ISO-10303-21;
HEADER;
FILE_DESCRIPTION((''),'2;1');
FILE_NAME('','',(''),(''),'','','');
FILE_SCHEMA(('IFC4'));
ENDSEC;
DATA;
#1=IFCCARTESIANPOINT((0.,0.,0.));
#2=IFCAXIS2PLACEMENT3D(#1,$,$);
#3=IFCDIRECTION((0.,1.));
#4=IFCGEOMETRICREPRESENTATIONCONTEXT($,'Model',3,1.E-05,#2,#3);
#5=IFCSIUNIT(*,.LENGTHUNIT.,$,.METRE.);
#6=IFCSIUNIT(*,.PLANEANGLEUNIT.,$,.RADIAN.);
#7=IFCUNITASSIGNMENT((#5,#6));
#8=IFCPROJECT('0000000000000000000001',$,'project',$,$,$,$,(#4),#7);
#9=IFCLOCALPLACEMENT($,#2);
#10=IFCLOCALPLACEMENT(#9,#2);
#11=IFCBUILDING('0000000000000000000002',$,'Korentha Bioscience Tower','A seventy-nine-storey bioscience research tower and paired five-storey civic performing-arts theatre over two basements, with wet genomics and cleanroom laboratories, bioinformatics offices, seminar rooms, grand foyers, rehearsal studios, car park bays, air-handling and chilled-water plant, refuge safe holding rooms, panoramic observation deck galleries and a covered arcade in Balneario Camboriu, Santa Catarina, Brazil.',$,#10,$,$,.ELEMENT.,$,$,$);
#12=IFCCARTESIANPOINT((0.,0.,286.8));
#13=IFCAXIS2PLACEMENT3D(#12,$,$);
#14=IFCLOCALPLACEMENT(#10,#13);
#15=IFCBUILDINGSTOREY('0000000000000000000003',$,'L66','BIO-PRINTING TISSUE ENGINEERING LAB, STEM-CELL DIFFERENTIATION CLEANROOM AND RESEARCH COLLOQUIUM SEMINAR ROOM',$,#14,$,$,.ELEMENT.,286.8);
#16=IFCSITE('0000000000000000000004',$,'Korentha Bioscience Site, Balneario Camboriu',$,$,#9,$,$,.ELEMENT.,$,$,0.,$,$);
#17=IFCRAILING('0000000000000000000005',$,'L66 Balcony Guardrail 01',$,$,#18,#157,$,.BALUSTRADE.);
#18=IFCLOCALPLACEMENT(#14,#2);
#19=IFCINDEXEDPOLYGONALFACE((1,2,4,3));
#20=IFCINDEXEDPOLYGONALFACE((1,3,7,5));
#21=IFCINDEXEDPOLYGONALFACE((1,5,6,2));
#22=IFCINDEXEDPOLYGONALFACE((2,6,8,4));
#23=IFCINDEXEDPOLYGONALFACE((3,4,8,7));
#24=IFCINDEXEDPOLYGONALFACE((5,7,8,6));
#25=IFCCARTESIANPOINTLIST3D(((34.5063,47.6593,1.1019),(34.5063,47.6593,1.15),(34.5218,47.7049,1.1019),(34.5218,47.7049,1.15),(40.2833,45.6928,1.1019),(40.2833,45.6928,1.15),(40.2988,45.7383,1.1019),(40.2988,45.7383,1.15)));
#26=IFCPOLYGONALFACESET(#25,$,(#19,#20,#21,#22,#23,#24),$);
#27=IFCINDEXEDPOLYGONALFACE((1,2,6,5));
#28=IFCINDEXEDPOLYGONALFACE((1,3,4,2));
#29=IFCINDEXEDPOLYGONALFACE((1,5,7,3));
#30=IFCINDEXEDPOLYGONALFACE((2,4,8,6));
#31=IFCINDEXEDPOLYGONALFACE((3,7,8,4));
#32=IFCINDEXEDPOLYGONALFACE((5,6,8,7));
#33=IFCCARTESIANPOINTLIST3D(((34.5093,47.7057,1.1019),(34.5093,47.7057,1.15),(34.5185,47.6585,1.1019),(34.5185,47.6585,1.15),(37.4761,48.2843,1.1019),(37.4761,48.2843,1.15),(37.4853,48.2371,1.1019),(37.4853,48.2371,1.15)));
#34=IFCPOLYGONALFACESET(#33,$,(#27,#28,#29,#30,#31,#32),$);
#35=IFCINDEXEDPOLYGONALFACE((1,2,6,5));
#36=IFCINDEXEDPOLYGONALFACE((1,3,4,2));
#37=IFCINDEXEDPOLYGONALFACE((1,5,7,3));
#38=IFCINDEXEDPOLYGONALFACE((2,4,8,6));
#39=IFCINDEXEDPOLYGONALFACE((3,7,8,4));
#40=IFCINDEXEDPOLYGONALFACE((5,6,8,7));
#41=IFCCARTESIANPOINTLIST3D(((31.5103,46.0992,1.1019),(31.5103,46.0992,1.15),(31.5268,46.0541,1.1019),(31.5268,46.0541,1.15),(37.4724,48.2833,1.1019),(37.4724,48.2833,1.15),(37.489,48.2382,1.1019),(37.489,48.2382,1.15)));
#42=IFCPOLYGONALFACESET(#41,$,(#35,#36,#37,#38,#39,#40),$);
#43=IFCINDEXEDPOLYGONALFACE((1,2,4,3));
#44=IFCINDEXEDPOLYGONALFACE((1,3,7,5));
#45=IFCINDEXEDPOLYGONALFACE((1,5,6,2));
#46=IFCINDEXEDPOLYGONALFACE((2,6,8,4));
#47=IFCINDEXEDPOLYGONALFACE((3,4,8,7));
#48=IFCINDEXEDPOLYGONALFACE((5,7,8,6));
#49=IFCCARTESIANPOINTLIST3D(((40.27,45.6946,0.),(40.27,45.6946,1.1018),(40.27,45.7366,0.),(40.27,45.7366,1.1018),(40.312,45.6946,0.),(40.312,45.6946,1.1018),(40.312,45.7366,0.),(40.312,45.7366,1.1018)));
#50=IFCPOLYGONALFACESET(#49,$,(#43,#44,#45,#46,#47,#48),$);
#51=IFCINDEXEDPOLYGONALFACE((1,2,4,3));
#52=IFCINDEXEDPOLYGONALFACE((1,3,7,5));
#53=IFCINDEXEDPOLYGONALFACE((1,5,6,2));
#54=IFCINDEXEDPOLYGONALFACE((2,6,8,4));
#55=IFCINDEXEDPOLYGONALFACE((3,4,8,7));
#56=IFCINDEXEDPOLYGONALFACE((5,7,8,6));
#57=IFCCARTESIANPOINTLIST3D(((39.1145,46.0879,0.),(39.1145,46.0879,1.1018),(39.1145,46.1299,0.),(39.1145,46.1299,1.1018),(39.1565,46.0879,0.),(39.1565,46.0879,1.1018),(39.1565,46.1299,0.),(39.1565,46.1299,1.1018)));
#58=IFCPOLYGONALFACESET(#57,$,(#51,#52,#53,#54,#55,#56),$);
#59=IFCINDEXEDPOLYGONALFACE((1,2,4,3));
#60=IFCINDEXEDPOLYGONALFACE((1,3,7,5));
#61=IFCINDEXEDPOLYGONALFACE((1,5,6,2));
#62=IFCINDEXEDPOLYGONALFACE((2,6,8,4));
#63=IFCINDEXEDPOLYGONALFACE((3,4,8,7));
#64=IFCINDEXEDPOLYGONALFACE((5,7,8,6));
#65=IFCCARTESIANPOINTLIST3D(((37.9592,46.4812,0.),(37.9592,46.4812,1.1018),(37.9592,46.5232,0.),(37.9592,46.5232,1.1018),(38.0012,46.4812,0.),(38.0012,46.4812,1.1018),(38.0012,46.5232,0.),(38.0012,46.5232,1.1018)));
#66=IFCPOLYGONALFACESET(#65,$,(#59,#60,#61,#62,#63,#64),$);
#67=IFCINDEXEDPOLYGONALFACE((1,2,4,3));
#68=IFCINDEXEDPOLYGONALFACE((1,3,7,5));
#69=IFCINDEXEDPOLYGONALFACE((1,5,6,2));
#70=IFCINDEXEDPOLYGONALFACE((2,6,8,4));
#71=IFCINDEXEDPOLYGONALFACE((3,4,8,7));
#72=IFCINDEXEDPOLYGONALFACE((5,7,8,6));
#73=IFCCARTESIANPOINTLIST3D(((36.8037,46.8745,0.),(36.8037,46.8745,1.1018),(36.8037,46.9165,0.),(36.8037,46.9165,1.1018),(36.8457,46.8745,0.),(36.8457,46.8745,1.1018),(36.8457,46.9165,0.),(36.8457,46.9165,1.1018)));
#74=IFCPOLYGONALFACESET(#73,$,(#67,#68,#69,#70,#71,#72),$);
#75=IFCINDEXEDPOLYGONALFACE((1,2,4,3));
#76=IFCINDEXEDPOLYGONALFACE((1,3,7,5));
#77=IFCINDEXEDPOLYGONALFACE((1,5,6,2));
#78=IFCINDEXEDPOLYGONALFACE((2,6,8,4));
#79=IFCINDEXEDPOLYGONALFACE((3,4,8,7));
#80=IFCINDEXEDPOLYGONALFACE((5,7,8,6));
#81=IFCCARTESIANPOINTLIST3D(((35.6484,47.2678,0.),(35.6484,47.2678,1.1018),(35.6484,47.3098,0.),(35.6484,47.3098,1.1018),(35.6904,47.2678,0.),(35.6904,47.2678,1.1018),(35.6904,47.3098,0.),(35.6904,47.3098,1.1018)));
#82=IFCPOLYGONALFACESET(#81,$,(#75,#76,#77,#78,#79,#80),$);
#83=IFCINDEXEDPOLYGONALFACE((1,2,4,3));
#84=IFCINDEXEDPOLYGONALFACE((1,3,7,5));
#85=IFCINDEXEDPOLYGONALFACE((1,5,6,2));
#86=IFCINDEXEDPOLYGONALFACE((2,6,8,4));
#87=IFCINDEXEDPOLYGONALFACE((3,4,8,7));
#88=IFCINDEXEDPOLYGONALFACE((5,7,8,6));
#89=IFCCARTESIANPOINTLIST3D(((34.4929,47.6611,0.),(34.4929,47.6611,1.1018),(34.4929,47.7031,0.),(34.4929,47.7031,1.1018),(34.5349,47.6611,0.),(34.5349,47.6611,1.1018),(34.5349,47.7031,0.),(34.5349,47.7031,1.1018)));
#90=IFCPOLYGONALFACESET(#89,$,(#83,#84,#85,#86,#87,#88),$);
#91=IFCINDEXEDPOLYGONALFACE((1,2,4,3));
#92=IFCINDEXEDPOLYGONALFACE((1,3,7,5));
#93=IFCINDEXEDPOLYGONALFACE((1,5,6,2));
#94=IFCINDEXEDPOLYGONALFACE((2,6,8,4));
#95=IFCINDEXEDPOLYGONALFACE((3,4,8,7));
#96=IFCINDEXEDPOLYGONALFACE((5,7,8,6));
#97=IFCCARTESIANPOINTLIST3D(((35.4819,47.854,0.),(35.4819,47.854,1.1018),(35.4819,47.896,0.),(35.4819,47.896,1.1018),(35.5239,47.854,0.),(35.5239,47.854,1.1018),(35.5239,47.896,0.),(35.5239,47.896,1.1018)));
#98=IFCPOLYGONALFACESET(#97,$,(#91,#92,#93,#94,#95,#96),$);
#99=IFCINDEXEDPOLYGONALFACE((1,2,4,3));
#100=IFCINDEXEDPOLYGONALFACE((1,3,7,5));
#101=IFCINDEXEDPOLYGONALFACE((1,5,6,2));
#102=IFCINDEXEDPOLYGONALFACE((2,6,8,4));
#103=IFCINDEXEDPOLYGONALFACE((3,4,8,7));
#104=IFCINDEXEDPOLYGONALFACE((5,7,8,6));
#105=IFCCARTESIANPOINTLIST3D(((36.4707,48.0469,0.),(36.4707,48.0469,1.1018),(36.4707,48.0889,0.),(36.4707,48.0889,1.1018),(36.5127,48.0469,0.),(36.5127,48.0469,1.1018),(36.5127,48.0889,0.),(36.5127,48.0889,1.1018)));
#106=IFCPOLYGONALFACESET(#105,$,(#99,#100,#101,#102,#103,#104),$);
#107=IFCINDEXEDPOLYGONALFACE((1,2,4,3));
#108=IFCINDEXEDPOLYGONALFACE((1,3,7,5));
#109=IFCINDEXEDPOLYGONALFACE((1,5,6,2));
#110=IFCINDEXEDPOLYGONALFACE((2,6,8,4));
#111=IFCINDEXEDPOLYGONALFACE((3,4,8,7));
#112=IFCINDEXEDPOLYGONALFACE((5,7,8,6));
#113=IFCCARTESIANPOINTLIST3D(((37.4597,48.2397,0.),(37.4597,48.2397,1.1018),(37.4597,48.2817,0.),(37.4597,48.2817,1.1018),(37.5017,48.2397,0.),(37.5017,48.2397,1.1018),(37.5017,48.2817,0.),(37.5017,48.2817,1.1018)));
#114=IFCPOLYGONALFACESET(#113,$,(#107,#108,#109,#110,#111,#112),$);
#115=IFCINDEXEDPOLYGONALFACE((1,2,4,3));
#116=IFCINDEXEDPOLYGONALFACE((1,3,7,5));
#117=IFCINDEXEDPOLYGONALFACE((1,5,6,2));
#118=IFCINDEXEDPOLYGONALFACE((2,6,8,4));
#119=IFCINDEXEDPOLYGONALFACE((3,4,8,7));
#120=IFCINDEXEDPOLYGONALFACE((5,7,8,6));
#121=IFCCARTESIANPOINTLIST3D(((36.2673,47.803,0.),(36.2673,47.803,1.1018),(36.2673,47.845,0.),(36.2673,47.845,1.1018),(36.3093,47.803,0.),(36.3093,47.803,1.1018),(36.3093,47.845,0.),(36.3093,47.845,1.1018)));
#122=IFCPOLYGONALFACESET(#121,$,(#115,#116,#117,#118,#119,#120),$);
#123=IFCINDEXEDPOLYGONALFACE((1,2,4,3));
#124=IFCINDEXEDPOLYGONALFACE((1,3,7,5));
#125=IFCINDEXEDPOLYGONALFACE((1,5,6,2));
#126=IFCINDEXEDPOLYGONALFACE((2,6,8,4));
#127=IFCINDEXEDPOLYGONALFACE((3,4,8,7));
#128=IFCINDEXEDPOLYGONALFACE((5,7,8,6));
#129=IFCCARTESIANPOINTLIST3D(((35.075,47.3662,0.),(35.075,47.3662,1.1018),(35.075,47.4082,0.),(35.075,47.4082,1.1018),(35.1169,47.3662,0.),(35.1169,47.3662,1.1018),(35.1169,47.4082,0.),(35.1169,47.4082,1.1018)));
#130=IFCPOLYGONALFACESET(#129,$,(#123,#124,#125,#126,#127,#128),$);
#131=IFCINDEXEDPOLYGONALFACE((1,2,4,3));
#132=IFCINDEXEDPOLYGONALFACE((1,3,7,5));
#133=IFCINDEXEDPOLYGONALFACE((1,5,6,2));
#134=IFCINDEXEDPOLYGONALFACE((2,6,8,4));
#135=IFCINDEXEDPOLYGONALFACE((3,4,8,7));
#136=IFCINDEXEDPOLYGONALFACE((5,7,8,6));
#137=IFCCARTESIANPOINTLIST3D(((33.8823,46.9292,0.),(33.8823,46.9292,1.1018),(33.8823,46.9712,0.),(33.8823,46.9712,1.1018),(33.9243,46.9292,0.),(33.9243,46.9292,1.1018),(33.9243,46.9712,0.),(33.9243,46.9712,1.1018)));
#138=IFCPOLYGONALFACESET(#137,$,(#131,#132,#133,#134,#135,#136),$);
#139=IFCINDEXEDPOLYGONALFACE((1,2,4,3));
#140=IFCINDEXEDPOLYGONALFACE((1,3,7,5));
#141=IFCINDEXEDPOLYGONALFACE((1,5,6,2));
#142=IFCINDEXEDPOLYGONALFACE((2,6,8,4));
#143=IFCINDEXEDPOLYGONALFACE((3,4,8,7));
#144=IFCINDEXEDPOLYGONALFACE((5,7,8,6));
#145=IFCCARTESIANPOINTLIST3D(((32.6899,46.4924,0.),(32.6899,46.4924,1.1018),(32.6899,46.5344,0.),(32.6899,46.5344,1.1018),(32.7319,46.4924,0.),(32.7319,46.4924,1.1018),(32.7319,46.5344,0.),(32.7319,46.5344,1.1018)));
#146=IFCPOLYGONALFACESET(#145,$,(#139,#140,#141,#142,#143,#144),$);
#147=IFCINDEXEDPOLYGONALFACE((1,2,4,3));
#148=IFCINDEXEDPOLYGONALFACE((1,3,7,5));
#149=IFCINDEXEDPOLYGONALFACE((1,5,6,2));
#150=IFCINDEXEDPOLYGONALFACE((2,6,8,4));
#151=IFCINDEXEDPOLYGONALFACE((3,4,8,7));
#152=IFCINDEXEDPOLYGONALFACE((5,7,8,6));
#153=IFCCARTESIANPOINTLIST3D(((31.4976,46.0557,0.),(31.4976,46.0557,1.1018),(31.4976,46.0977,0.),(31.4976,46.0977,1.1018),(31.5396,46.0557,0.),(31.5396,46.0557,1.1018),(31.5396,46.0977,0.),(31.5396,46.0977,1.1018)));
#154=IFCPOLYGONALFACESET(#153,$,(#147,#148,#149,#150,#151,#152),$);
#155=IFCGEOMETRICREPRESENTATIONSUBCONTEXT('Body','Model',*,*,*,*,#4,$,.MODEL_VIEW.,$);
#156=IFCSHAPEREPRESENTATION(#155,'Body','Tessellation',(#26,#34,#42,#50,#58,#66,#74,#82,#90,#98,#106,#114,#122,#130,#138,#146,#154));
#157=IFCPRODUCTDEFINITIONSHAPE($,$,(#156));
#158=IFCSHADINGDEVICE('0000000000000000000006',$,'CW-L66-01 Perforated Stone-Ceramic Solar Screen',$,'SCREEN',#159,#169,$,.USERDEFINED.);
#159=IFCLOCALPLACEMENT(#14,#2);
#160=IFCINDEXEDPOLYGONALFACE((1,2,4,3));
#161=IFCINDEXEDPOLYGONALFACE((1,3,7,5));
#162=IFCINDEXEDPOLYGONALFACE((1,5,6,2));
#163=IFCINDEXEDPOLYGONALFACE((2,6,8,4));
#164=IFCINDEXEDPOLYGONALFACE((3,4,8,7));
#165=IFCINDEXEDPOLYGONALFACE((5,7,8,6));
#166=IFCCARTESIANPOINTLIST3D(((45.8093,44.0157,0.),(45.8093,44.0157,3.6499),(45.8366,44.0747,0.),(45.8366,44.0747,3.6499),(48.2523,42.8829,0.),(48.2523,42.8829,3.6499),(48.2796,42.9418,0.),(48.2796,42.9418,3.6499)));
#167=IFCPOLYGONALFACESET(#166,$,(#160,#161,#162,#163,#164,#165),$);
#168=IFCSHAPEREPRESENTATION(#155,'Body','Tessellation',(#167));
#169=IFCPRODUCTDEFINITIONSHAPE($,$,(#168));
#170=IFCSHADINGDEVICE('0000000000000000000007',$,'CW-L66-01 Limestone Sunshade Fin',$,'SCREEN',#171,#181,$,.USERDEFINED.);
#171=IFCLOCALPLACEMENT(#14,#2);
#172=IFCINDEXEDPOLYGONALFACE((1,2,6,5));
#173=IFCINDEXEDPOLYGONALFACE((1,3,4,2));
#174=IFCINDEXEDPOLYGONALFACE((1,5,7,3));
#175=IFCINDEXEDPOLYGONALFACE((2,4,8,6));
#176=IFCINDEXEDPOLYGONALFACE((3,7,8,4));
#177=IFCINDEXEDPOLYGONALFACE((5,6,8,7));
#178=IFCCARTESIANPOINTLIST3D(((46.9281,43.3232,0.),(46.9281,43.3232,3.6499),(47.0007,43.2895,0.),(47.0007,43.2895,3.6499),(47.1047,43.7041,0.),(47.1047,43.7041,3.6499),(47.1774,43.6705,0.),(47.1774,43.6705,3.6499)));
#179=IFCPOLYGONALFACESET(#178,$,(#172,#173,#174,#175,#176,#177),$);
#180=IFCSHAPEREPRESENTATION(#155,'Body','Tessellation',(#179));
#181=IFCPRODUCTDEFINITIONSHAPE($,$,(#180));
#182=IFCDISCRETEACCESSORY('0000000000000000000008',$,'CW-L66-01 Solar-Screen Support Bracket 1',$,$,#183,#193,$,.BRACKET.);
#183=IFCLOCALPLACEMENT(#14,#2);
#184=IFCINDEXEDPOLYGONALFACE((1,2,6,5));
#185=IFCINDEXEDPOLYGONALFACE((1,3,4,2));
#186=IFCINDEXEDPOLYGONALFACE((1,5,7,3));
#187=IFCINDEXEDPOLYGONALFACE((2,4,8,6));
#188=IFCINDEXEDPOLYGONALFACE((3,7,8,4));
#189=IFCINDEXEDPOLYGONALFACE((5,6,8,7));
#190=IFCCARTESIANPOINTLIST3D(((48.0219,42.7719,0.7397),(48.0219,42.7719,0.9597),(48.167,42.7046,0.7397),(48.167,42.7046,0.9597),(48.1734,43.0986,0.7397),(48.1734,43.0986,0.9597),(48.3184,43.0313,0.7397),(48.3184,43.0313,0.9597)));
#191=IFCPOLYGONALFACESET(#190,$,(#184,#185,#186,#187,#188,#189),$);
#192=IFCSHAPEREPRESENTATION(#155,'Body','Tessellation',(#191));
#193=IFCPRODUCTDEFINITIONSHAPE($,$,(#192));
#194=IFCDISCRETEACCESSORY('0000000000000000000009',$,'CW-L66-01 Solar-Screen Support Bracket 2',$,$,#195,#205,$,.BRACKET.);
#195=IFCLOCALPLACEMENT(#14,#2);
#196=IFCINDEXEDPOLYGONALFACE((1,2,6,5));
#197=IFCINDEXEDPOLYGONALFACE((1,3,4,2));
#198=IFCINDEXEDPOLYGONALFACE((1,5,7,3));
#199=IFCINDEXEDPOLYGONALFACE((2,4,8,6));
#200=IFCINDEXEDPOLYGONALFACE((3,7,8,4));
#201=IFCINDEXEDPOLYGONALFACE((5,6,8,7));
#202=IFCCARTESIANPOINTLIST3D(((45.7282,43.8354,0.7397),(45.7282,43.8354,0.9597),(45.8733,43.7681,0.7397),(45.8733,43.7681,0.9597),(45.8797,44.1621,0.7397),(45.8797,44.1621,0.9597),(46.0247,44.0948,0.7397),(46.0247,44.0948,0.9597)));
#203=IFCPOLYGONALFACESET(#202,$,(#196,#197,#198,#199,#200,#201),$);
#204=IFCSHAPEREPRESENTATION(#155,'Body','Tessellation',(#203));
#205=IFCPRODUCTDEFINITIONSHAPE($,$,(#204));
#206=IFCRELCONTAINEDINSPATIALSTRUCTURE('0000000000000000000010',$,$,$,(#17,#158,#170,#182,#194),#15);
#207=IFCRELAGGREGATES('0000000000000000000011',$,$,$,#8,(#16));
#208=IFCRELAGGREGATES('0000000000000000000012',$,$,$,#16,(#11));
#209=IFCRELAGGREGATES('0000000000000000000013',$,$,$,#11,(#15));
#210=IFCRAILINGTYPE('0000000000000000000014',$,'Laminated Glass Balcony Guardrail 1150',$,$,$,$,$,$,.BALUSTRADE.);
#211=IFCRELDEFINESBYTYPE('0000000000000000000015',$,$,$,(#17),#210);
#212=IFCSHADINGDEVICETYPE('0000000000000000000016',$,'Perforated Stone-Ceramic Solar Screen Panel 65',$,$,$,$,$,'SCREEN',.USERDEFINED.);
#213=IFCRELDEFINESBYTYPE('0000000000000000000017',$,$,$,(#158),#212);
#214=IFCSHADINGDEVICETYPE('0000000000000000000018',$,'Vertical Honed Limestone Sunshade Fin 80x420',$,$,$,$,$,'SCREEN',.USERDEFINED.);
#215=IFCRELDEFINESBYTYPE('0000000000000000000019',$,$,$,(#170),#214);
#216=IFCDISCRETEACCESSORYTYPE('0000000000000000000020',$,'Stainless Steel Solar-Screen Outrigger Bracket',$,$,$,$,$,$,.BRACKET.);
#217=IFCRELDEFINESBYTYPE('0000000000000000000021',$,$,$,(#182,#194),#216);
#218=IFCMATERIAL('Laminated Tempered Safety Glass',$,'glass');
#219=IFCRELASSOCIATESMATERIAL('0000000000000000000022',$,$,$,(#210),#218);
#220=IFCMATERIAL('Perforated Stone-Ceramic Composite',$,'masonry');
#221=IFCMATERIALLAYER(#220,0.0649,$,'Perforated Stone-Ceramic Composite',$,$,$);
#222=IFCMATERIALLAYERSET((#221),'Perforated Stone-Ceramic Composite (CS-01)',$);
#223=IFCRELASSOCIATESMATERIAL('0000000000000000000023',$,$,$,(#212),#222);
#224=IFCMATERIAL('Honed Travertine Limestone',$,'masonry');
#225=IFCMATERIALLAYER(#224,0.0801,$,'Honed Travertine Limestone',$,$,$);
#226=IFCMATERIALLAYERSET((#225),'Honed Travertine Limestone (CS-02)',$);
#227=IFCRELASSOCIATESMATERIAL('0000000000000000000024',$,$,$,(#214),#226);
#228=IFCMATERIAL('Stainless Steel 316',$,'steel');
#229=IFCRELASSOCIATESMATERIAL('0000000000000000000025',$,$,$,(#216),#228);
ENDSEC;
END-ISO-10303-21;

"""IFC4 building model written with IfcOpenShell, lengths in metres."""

from ifc_helpers import new_model, si_unit, direction, frame, origin, origin_2d, place, context, subcontext, project, spatial, rectangle, extrude, material, layer, layer_set, type_object, element, save


model = new_model("IFC4")

# Units and contexts
model_context = context("Model", 3, precision=1e-05, world=origin(), true_north=direction((0.0, 1.0)))
body_context = subcontext(model_context, "Body", "Model", "MODEL_VIEW")
ifc_project = project(units=[si_unit("LENGTHUNIT", "METRE"), si_unit("PLANEANGLEUNIT", "RADIAN")], contexts=[model_context])

# Site, building, storey
site_placement = place(None, origin())
site = spatial("IfcSite", under=ifc_project, at=site_placement, Name="Korentha Bioscience Site, Balneario Camboriu", CompositionType="ELEMENT", RefElevation=0.0)
building_placement = place(site_placement, origin())
building = spatial("IfcBuilding", under=site, at=building_placement, Name="Korentha Bioscience Tower", Description="A seventy-nine-storey bioscience research tower and paired five-storey civic performing-arts theatre over two basements, with wet genomics and cleanroom laboratories, bioinformatics offices, seminar rooms, grand foyers, rehearsal studios, car park bays, air-handling and chilled-water plant, refuge safe holding rooms, panoramic observation deck galleries and a covered arcade in Balneario Camboriu, Santa Catarina, Brazil.", CompositionType="ELEMENT")
storey_placement = place(building_placement, frame((0.0, 0.0, 286.8)))
storey = spatial("IfcBuildingStorey", under=building, at=storey_placement, Name="L66", Description="BIO-PRINTING TISSUE ENGINEERING LAB, STEM-CELL DIFFERENTIATION CLEANROOM AND RESEARCH COLLOQUIUM SEMINAR ROOM", CompositionType="ELEMENT", Elevation=286.8)

# Railing
ifc_material_1 = material(Name="Laminated Tempered Safety Glass", Category="glass")
railing_type = type_object("IfcRailingType", Name="Laminated Glass Balcony Guardrail 1150", PredefinedType="BALUSTRADE", material=ifc_material_1)
railing_placement = place(storey_placement, frame((40.291, 45.7156, 0.0)))
element("IfcRailing", 1, at=railing_placement, inside=storey, type_object=railing_type, Name="L66 Balcony Guardrail 01", PredefinedType="BALUSTRADE", context=body_context, shape_type="SweptSolid", body=[
    extrude(rectangle(XDim=0.0481, YDim=0.0481, at=origin_2d()), frame((0.0, 0.0, 1.126), z_axis=(-0.946656, 0.322246, 0.0), x_axis=(-0.322246, -0.946656, 0.0)), (0.0, 0.0, 1.0), 6.1025),
    extrude(rectangle(XDim=0.0481, YDim=0.0481, at=origin_2d()), frame((-5.7771, 1.9666, 1.126), z_axis=(0.981508, 0.191423, 0.0), x_axis=(-0.191423, 0.981508, 0.0)), (0.0, 0.0, 1.0), 3.0227),
    extrude(rectangle(XDim=0.0481, YDim=0.0481, at=origin_2d()), frame((-2.8103, 2.5452, 1.126), z_axis=(-0.93898, -0.343971, 0.0), x_axis=(0.343971, -0.93898, 0.0)), (0.0, 0.0, 1.0), 6.3496),
    extrude(rectangle(XDim=0.042, YDim=0.042, at=origin_2d()), origin(), (0.0, 0.0, 1.0), 1.1018),
    extrude(rectangle(XDim=0.042, YDim=0.042, at=origin_2d()), frame((-1.1555, 0.3933, 0.0)), (0.0, 0.0, 1.0), 1.1018),
    extrude(rectangle(XDim=0.042, YDim=0.042, at=origin_2d()), frame((-2.3108, 0.7866, 0.0)), (0.0, 0.0, 1.0), 1.1018),
    extrude(rectangle(XDim=0.042, YDim=0.042, at=origin_2d()), frame((-3.4663, 1.1799, 0.0)), (0.0, 0.0, 1.0), 1.1018),
    extrude(rectangle(XDim=0.042, YDim=0.042, at=origin_2d()), frame((-4.6216, 1.5732, 0.0)), (0.0, 0.0, 1.0), 1.1018),
    extrude(rectangle(XDim=0.042, YDim=0.042, at=origin_2d()), frame((-5.7771, 1.9666, 0.0)), (0.0, 0.0, 1.0), 1.1018),
    extrude(rectangle(XDim=0.042, YDim=0.042, at=origin_2d()), frame((-4.7881, 2.1594, 0.0)), (0.0, 0.0, 1.0), 1.1018),
    extrude(rectangle(XDim=0.042, YDim=0.042, at=origin_2d()), frame((-3.7993, 2.3523, 0.0)), (0.0, 0.0, 1.0), 1.1018),
    extrude(rectangle(XDim=0.042, YDim=0.042, at=origin_2d()), frame((-2.8103, 2.5452, 0.0)), (0.0, 0.0, 1.0), 1.1018),
    extrude(rectangle(XDim=0.042, YDim=0.042, at=origin_2d()), frame((-4.0027, 2.1084, 0.0)), (0.0, 0.0, 1.0), 1.1018),
    extrude(rectangle(XDim=0.042, YDim=0.042, at=origin_2d()), frame((-5.1951, 1.6716, 0.0)), (0.0, 0.0, 1.0), 1.1018),
    extrude(rectangle(XDim=0.042, YDim=0.042, at=origin_2d()), frame((-6.3877, 1.2346, 0.0)), (0.0, 0.0, 1.0), 1.1018),
    extrude(rectangle(XDim=0.042, YDim=0.042, at=origin_2d()), frame((-7.5801, 0.7979, 0.0)), (0.0, 0.0, 1.0), 1.1018),
    extrude(rectangle(XDim=0.042, YDim=0.042, at=origin_2d()), frame((-8.7725, 0.3611, 0.0)), (0.0, 0.0, 1.0), 1.1018),
])

# Shading devices
ifc_material_2 = material(Name="Perforated Stone-Ceramic Composite", Category="masonry")
ifc_layer_1 = layer(ifc_material_2, 0.0649, Name="Perforated Stone-Ceramic Composite")
ifc_layer_set_1 = layer_set([ifc_layer_1], Name="Perforated Stone-Ceramic Composite (CS-01)")
shading_device_type_1 = type_object("IfcShadingDeviceType", Name="Perforated Stone-Ceramic Solar Screen Panel 65", ElementType="SCREEN", PredefinedType="USERDEFINED", material=ifc_layer_set_1)
shading_device_1_placement = place(storey_placement, frame((47.0444, 43.4788, 0.0), z_axis=(0.0, 0.0, 1.0), x_axis=(-0.907204, 0.420691, 0.0)))
element("IfcShadingDevice", 2, at=shading_device_1_placement, inside=storey, type_object=shading_device_type_1, Name="CW-L66-01 Perforated Stone-Ceramic Solar Screen", ObjectType="SCREEN", PredefinedType="USERDEFINED", context=body_context, shape_type="SweptSolid", body=[
    extrude(rectangle(XDim=2.6929, YDim=0.0649, at=origin_2d()), origin(), (0.0, 0.0, 1.0), 3.6499),
])
ifc_material_3 = material(Name="Honed Travertine Limestone", Category="masonry")
ifc_layer_2 = layer(ifc_material_3, 0.0801, Name="Honed Travertine Limestone")
ifc_layer_set_2 = layer_set([ifc_layer_2], Name="Honed Travertine Limestone (CS-02)")
shading_device_type_2 = type_object("IfcShadingDeviceType", Name="Vertical Honed Limestone Sunshade Fin 80x420", ElementType="SCREEN", PredefinedType="USERDEFINED", material=ifc_layer_set_2)
shading_device_2_placement = place(storey_placement, frame((47.0527, 43.4968, 0.0), z_axis=(0.0, 0.0, 1.0), x_axis=(-0.907204, 0.420691, 0.0)))
element("IfcShadingDevice", 3, at=shading_device_2_placement, inside=storey, type_object=shading_device_type_2, Name="CW-L66-01 Limestone Sunshade Fin", ObjectType="SCREEN", PredefinedType="USERDEFINED", context=body_context, shape_type="SweptSolid", body=[
    extrude(rectangle(XDim=0.0801, YDim=0.4199, at=origin_2d()), origin(), (0.0, 0.0, 1.0), 3.6499),
])

# Discrete accessories
ifc_material_4 = material(Name="Stainless Steel 316", Category="steel")
discrete_accessory_type = type_object("IfcDiscreteAccessoryType", Name="Stainless Steel Solar-Screen Outrigger Bracket", PredefinedType="BRACKET", material=ifc_material_4)
for number, where, z_axis, x_axis, name in (
    (4, (48.1702, 42.9016, 0.7397), (0.0, 0.0, 1.0), (-0.907204, 0.420691, 0.0), "CW-L66-01 Solar-Screen Support Bracket 1"),
    (5, (45.8765, 43.9651, 0.7397), (0.0, 0.0, 1.0), (-0.907204, 0.420691, 0.0), "CW-L66-01 Solar-Screen Support Bracket 2"),
):
    element("IfcDiscreteAccessory", number, at=place(storey_placement, frame(where, z_axis=z_axis, x_axis=x_axis)), inside=storey, type_object=discrete_accessory_type, Name=name, PredefinedType="BRACKET", context=body_context, shape_type="SweptSolid", body=[
        extrude(rectangle(XDim=0.1599, YDim=0.3601, at=origin_2d()), origin(), (0.0, 0.0, 1.0), 0.22),
    ])

save(model, "model.ifc")
